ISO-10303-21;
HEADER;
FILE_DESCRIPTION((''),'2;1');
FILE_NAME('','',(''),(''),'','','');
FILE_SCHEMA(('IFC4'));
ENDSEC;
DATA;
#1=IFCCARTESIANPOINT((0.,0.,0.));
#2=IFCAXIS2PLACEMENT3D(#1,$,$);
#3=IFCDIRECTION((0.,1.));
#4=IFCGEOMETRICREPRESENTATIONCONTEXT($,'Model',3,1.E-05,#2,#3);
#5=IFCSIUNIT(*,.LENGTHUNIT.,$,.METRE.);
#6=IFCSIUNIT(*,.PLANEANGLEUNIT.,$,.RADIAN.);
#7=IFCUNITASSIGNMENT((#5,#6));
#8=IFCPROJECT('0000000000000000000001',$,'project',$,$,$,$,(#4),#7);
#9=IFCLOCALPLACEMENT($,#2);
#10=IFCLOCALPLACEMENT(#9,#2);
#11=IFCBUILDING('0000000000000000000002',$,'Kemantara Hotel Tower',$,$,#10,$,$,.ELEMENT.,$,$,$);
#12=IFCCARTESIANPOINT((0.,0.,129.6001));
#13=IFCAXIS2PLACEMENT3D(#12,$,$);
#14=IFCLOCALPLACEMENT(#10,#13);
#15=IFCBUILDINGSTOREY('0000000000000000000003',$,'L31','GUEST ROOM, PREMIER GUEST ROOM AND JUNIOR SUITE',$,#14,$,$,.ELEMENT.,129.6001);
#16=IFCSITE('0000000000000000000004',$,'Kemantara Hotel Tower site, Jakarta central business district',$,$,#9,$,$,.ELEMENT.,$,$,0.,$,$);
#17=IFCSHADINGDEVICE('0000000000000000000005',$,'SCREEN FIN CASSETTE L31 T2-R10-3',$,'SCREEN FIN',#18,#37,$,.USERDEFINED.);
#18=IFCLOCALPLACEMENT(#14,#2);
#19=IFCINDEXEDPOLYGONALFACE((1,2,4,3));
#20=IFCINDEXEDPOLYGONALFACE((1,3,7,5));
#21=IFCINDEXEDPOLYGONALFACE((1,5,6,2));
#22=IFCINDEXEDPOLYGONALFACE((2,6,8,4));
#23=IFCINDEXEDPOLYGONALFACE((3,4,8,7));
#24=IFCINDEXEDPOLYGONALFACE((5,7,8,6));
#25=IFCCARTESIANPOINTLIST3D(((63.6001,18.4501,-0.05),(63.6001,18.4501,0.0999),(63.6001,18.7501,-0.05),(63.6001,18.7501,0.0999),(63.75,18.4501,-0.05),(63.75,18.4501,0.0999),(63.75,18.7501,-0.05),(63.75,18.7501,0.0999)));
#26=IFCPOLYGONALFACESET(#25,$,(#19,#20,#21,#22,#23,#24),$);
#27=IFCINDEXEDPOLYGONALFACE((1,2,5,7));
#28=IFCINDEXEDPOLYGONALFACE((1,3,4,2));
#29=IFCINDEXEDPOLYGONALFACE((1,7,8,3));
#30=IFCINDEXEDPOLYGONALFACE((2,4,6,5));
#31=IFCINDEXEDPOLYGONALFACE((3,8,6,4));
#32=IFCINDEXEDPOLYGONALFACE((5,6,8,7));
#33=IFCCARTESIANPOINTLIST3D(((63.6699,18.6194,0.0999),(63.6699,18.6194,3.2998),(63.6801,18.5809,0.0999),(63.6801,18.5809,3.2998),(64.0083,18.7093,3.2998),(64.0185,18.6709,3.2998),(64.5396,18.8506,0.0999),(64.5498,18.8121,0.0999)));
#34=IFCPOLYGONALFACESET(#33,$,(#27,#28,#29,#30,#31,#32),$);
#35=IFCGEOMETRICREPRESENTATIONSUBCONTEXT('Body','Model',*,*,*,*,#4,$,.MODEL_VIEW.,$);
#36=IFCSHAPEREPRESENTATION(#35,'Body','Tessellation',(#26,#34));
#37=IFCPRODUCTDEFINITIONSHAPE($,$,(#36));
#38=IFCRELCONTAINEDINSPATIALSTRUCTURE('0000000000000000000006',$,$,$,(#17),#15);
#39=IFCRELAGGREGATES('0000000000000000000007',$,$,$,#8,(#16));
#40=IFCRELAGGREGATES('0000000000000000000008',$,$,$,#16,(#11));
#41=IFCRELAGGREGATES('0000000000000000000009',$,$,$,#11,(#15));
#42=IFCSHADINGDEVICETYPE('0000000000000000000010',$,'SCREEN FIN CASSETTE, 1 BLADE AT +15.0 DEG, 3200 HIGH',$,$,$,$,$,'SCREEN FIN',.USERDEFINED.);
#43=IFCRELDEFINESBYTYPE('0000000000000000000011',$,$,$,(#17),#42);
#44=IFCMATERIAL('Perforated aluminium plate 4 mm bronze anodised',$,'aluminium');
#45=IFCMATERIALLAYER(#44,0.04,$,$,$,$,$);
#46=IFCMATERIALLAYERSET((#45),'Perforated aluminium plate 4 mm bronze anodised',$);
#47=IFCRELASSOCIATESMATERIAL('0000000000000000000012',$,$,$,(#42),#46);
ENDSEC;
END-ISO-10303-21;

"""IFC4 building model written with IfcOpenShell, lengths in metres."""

from ifc_helpers import new_model, si_unit, direction, frame, origin, origin_2d, place, context, subcontext, project, spatial, polyline, rectangle, outline, extrude, source, transform, mapped, material, layer, layer_set, type_object, element, save


model = new_model("IFC4")

# Units and contexts
model_context = context("Model", 3, precision=1e-05, world=origin(), true_north=direction((0.0, 1.0)))
body_context = subcontext(model_context, "Body", "Model", "MODEL_VIEW")
ifc_project = project(units=[si_unit("LENGTHUNIT", "METRE"), si_unit("PLANEANGLEUNIT", "RADIAN")], contexts=[model_context])

# Site, building, storey
site_placement = place(None, origin())
site = spatial("IfcSite", under=ifc_project, at=site_placement, Name="Kemantara Hotel Tower site, Jakarta central business district", CompositionType="ELEMENT", RefElevation=0.0)
building_placement = place(site_placement, origin())
building = spatial("IfcBuilding", under=site, at=building_placement, Name="Kemantara Hotel Tower", CompositionType="ELEMENT")
storey_placement = place(building_placement, frame((0.0, 0.0, 129.6001)))
storey = spatial("IfcBuildingStorey", under=building, at=storey_placement, Name="L31", Description="GUEST ROOM, PREMIER GUEST ROOM AND JUNIOR SUITE", CompositionType="ELEMENT", Elevation=129.6001)

# Shading device
ifc_material_1 = material(Name="Perforated aluminium plate 4 mm bronze anodised", Category="aluminium")
ifc_layer_1 = layer(ifc_material_1, 0.04)
ifc_layer_set_1 = layer_set([ifc_layer_1], Name="Perforated aluminium plate 4 mm bronze anodised")
shading_device_type_1 = type_object("IfcShadingDeviceType", Name="SCREEN FIN CASSETTE, 1 BLADE AT +15.0 DEG, 3200 HIGH", ElementType="SCREEN FIN", PredefinedType="USERDEFINED", material=ifc_layer_set_1)
shared_shape_1 = source(origin(), body_context, "Body", "SweptSolid", [
    extrude(rectangle(XDim=0.3, YDim=0.1499, at=origin_2d()), frame((0.0, -0.075, -0.1499), z_axis=(0.0, 0.0, 1.0), x_axis=(1.0, 0.0, 0.0)), (0.0, 0.0, 1.0), 0.1499),
    extrude(outline(polyline([(0.0, 0.0), (0.8999, 0.0), (0.3501, 3.2), (0.0, 3.2), (0.0, 0.0)])), frame((0.0193, -0.0698, 0.0), z_axis=(-0.966438, -0.256901, 0.0), x_axis=(0.256901, -0.966438, 0.0)), (0.0, 0.0, 1.0), 0.0398),
])
shading_device_1_placement = place(storey_placement, frame((63.6001, 18.6001, 0.0999), z_axis=(0.0, 0.0, 1.0), x_axis=(0.0, 1.0, 0.0)))
element("IfcShadingDevice", 1, at=shading_device_1_placement, inside=storey, type_object=shading_device_type_1, Name="SCREEN FIN CASSETTE L31 T2-R10-3", ObjectType="SCREEN FIN", PredefinedType="USERDEFINED", context=body_context, shape_type="MappedRepresentation", body=[
    mapped(shared_shape_1, transform((0.0, 0.0, 0.0))),
])

save(model, "model.ifc")
